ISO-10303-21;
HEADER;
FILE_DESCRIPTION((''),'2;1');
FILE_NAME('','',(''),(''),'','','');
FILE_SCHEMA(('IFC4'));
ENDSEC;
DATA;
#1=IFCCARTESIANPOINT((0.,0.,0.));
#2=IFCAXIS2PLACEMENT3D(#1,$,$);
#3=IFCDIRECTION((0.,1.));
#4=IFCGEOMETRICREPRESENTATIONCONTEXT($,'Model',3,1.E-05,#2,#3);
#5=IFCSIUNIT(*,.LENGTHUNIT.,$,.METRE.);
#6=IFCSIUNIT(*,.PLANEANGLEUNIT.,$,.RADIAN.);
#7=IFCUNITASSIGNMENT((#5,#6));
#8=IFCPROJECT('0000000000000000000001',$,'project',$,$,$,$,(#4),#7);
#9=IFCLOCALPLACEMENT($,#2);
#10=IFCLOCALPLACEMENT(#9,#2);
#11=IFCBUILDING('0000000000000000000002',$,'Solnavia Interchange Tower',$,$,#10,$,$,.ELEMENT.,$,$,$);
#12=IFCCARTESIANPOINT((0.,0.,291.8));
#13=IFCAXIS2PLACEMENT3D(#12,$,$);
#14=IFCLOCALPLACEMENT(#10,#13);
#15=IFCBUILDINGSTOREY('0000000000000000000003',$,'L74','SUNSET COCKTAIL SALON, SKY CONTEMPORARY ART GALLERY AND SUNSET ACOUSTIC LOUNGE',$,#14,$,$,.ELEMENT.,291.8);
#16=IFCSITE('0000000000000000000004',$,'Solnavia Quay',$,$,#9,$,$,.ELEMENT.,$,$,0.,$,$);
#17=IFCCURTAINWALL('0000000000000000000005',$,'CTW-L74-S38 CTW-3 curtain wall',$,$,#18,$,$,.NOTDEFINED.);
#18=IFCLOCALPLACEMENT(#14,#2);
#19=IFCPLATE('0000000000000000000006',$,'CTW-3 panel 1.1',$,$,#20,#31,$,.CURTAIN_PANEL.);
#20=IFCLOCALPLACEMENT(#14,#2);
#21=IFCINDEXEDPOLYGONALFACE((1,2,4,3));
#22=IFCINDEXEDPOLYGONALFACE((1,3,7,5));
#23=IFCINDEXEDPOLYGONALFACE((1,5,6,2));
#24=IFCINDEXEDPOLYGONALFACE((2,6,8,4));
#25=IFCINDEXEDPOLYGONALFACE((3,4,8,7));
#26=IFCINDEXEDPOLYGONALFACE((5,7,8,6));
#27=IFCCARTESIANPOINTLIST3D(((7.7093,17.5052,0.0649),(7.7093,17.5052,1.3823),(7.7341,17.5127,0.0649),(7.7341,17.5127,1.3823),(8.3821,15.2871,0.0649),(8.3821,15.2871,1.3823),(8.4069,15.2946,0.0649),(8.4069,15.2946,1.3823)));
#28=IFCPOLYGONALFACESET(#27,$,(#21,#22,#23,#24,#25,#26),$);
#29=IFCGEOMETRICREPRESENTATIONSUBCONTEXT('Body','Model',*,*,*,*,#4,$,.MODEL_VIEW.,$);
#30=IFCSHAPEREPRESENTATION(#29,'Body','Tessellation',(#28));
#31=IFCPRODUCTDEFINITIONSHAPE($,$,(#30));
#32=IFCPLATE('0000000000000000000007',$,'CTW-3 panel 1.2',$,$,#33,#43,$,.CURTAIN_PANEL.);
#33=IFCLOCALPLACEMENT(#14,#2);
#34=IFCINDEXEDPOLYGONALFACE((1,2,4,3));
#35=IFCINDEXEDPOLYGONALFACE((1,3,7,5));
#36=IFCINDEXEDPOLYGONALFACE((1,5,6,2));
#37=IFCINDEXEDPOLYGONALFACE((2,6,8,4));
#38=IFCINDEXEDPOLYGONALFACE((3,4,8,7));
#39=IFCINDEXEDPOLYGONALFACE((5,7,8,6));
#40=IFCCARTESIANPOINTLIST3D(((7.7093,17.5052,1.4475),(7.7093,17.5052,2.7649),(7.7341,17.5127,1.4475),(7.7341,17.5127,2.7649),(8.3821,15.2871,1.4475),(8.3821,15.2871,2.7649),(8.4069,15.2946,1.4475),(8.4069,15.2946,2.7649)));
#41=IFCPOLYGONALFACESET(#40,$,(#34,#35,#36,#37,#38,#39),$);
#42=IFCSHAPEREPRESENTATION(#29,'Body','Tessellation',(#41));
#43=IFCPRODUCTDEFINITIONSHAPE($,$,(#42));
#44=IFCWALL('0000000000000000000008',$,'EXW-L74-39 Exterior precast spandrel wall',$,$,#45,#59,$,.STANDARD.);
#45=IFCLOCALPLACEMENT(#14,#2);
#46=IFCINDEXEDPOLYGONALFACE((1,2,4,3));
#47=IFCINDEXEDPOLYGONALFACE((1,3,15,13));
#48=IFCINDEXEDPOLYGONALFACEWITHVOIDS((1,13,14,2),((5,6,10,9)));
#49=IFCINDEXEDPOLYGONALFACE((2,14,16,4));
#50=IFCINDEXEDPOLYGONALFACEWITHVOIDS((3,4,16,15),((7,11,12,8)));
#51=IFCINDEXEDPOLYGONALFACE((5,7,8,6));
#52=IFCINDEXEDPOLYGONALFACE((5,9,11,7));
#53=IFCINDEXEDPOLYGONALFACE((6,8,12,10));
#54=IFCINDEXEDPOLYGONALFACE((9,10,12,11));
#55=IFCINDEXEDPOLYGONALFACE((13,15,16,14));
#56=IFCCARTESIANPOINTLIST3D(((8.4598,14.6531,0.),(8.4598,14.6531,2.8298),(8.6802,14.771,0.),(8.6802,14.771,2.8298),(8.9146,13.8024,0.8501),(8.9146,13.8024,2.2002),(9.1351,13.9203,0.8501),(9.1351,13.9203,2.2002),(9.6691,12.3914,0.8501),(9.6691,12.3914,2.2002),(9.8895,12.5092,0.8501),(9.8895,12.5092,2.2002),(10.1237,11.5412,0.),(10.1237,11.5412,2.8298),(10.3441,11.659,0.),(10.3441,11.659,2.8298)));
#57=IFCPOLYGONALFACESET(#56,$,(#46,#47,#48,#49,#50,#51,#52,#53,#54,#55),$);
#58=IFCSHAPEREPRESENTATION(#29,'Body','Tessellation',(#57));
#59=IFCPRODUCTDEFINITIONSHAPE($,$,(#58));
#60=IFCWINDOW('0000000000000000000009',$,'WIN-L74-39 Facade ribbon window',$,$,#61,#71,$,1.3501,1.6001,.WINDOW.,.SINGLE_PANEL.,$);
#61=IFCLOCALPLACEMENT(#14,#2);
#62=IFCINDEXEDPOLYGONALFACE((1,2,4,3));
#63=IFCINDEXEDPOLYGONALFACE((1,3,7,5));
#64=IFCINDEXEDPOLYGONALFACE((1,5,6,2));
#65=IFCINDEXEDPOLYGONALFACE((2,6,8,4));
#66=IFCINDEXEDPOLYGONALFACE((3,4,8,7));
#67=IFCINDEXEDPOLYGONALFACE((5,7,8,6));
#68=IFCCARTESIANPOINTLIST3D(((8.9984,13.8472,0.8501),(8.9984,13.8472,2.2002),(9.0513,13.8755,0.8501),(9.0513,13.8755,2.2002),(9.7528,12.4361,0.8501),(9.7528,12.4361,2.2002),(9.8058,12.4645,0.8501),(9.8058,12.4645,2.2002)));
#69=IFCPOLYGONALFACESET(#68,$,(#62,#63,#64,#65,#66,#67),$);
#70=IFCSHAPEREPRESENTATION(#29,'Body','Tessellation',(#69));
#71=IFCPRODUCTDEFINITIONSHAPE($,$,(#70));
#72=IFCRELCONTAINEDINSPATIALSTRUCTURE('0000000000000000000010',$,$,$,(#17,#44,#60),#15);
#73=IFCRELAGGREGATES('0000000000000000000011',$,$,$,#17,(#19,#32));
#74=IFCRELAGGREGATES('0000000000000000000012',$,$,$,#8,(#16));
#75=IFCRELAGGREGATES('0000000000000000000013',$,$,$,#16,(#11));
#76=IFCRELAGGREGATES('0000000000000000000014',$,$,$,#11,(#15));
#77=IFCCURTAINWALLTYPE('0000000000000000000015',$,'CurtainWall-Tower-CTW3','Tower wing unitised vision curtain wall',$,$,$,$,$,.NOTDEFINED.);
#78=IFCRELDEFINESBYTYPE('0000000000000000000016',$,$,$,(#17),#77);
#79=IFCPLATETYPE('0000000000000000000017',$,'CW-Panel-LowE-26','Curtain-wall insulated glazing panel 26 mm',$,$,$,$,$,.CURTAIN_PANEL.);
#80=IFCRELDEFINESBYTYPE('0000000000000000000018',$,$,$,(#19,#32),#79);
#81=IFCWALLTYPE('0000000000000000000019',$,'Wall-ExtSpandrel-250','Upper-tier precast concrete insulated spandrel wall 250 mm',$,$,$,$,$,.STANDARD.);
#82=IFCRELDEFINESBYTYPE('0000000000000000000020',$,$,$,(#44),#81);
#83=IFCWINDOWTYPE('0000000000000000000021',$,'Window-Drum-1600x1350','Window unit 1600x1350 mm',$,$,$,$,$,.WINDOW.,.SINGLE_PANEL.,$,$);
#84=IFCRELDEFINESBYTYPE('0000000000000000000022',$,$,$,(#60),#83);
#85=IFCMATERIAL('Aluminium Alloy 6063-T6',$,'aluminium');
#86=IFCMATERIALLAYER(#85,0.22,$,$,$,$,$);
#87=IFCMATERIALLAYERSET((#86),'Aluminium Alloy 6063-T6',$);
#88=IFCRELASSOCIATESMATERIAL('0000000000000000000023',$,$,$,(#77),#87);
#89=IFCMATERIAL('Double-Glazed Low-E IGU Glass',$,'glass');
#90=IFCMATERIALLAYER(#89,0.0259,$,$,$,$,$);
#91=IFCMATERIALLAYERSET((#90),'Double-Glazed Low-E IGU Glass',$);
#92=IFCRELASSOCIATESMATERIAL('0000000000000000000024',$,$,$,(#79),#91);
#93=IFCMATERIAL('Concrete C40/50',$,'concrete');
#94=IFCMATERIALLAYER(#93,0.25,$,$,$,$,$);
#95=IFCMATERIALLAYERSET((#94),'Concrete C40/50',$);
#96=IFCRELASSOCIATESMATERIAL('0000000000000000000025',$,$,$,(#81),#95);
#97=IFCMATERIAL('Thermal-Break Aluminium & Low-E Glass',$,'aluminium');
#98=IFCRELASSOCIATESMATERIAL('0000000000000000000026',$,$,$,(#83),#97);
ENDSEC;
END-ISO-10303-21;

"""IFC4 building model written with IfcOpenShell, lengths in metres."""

from ifc_helpers import new_model, si_unit, direction, frame, frame_2d, origin, origin_2d, place, context, subcontext, project, spatial, rectangle, extrude, material, layer, layer_set, type_object, element, fill, aggregate, save


model = new_model("IFC4")

# Units and contexts
model_context = context("Model", 3, precision=1e-05, world=origin(), true_north=direction((0.0, 1.0)))
body_context = subcontext(model_context, "Body", "Model", "MODEL_VIEW")
ifc_project = project(units=[si_unit("LENGTHUNIT", "METRE"), si_unit("PLANEANGLEUNIT", "RADIAN")], contexts=[model_context])

# Site, building, storey
site_placement = place(None, origin())
site = spatial("IfcSite", under=ifc_project, at=site_placement, Name="Solnavia Quay", CompositionType="ELEMENT", RefElevation=0.0)
building_placement = place(site_placement, origin())
building = spatial("IfcBuilding", under=site, at=building_placement, Name="Solnavia Interchange Tower", CompositionType="ELEMENT")
storey_placement = place(building_placement, frame((0.0, 0.0, 291.8)))
storey = spatial("IfcBuildingStorey", under=building, at=storey_placement, Name="L74", Description="SUNSET COCKTAIL SALON, SKY CONTEMPORARY ART GALLERY AND SUNSET ACOUSTIC LOUNGE", CompositionType="ELEMENT", Elevation=291.8)

# Curtain wall
ifc_material_1 = material(Name="Aluminium Alloy 6063-T6", Category="aluminium")
ifc_layer_1 = layer(ifc_material_1, 0.22)
ifc_layer_set_1 = layer_set([ifc_layer_1], Name="Aluminium Alloy 6063-T6")
curtain_wall_type = type_object("IfcCurtainWallType", Name="CurtainWall-Tower-CTW3", Description="Tower wing unitised vision curtain wall", PredefinedType="NOTDEFINED", material=ifc_layer_set_1)
curtain_wall_1_placement = place(storey_placement, origin())
curtain_wall_1 = element("IfcCurtainWall", 1, at=curtain_wall_1_placement, inside=storey, type_object=curtain_wall_type, Name="CTW-L74-S38 CTW-3 curtain wall", PredefinedType="NOTDEFINED")

# Plates
ifc_material_2 = material(Name="Double-Glazed Low-E IGU Glass", Category="glass")
ifc_layer_2 = layer(ifc_material_2, 0.0259)
ifc_layer_set_2 = layer_set([ifc_layer_2], Name="Double-Glazed Low-E IGU Glass")
plate_type = type_object("IfcPlateType", Name="CW-Panel-LowE-26", Description="Curtain-wall insulated glazing panel 26 mm", PredefinedType="CURTAIN_PANEL", material=ifc_layer_set_2)
plate_1_placement = place(storey_placement, frame((8.0581, 16.3999, 0.0649), z_axis=(0.0, 0.0, 1.0), x_axis=(0.290258, -0.956948, 0.0)))
plate_1 = element("IfcPlate", 2, at=plate_1_placement, type_object=plate_type, Name="CTW-3 panel 1.1", PredefinedType="CURTAIN_PANEL", context=body_context, shape_type="SweptSolid", body=[
    extrude(rectangle(XDim=2.3179, YDim=0.0259, at=origin_2d()), origin(), (0.0, 0.0, 1.0), 1.3174),
])
plate_2_placement = place(storey_placement, frame((8.0581, 16.3999, 1.4475), z_axis=(0.0, 0.0, 1.0), x_axis=(0.290258, -0.956948, 0.0)))
plate_2 = element("IfcPlate", 3, at=plate_2_placement, type_object=plate_type, Name="CTW-3 panel 1.2", PredefinedType="CURTAIN_PANEL", context=body_context, shape_type="SweptSolid", body=[
    extrude(rectangle(XDim=2.3179, YDim=0.0259, at=origin_2d()), origin(), (0.0, 0.0, 1.0), 1.3174),
])
aggregate(curtain_wall_1, [plate_1, plate_2])

# Wall, opening, window
ifc_material_3 = material(Name="Concrete C40/50", Category="concrete")
ifc_layer_3 = layer(ifc_material_3, 0.25)
ifc_layer_set_3 = layer_set([ifc_layer_3], Name="Concrete C40/50")
wall_type = type_object("IfcWallType", Name="Wall-ExtSpandrel-250", Description="Upper-tier precast concrete insulated spandrel wall 250 mm", PredefinedType="STANDARD", material=ifc_layer_set_3)
wall_placement = place(storey_placement, frame((10.2339, 11.6001, 0.0), z_axis=(0.0, 0.0, 1.0), x_axis=(-0.471511, 0.88186, 0.0)))
wall = element("IfcWall", 4, at=wall_placement, inside=storey, type_object=wall_type, Name="EXW-L74-39 Exterior precast spandrel wall", PredefinedType="STANDARD", context=body_context, shape_type="SweptSolid", body=[
    extrude(rectangle(XDim=3.5288, YDim=0.25, at=frame_2d((1.7644, 0.0))), origin(), (0.0, 0.0, 1.0), 2.8298),
])
opening_placement = place(wall_placement, frame((0.9641, 0.0, 0.8501)))
opening = element("IfcOpeningElement", 5, at=opening_placement, cuts=wall, PredefinedType="OPENING", context=body_context, shape_type="SweptSolid", body=[
    extrude(rectangle(XDim=1.6001, YDim=1.3501, at=frame_2d((0.8, 0.675))), frame((0.0, 0.135, 0.0), z_axis=(0.0, -1.0, 0.0), x_axis=(1.0, 0.0, 0.0)), (0.0, 0.0, 1.0), 0.27),
])
ifc_material_4 = material(Name="Thermal-Break Aluminium & Low-E Glass", Category="aluminium")
window_type = type_object("IfcWindowType", Name="Window-Drum-1600x1350", Description="Window unit 1600x1350 mm", PartitioningType="SINGLE_PANEL", PredefinedType="WINDOW", material=ifc_material_4)
window_placement = place(opening_placement, origin())
window = element("IfcWindow", 6, at=window_placement, inside=storey, type_object=window_type, Name="WIN-L74-39 Facade ribbon window", OverallHeight=1.3501, OverallWidth=1.6001, PartitioningType="SINGLE_PANEL", PredefinedType="WINDOW", context=body_context, shape_type="SweptSolid", body=[
    extrude(rectangle(XDim=1.6001, YDim=1.3501, at=frame_2d((0.8, 0.675))), frame((0.0, 0.03, 0.0), z_axis=(0.0, -1.0, 0.0), x_axis=(1.0, 0.0, 0.0)), (0.0, 0.0, 1.0), 0.0601),
])
fill(opening, window)

save(model, "model.ifc")
